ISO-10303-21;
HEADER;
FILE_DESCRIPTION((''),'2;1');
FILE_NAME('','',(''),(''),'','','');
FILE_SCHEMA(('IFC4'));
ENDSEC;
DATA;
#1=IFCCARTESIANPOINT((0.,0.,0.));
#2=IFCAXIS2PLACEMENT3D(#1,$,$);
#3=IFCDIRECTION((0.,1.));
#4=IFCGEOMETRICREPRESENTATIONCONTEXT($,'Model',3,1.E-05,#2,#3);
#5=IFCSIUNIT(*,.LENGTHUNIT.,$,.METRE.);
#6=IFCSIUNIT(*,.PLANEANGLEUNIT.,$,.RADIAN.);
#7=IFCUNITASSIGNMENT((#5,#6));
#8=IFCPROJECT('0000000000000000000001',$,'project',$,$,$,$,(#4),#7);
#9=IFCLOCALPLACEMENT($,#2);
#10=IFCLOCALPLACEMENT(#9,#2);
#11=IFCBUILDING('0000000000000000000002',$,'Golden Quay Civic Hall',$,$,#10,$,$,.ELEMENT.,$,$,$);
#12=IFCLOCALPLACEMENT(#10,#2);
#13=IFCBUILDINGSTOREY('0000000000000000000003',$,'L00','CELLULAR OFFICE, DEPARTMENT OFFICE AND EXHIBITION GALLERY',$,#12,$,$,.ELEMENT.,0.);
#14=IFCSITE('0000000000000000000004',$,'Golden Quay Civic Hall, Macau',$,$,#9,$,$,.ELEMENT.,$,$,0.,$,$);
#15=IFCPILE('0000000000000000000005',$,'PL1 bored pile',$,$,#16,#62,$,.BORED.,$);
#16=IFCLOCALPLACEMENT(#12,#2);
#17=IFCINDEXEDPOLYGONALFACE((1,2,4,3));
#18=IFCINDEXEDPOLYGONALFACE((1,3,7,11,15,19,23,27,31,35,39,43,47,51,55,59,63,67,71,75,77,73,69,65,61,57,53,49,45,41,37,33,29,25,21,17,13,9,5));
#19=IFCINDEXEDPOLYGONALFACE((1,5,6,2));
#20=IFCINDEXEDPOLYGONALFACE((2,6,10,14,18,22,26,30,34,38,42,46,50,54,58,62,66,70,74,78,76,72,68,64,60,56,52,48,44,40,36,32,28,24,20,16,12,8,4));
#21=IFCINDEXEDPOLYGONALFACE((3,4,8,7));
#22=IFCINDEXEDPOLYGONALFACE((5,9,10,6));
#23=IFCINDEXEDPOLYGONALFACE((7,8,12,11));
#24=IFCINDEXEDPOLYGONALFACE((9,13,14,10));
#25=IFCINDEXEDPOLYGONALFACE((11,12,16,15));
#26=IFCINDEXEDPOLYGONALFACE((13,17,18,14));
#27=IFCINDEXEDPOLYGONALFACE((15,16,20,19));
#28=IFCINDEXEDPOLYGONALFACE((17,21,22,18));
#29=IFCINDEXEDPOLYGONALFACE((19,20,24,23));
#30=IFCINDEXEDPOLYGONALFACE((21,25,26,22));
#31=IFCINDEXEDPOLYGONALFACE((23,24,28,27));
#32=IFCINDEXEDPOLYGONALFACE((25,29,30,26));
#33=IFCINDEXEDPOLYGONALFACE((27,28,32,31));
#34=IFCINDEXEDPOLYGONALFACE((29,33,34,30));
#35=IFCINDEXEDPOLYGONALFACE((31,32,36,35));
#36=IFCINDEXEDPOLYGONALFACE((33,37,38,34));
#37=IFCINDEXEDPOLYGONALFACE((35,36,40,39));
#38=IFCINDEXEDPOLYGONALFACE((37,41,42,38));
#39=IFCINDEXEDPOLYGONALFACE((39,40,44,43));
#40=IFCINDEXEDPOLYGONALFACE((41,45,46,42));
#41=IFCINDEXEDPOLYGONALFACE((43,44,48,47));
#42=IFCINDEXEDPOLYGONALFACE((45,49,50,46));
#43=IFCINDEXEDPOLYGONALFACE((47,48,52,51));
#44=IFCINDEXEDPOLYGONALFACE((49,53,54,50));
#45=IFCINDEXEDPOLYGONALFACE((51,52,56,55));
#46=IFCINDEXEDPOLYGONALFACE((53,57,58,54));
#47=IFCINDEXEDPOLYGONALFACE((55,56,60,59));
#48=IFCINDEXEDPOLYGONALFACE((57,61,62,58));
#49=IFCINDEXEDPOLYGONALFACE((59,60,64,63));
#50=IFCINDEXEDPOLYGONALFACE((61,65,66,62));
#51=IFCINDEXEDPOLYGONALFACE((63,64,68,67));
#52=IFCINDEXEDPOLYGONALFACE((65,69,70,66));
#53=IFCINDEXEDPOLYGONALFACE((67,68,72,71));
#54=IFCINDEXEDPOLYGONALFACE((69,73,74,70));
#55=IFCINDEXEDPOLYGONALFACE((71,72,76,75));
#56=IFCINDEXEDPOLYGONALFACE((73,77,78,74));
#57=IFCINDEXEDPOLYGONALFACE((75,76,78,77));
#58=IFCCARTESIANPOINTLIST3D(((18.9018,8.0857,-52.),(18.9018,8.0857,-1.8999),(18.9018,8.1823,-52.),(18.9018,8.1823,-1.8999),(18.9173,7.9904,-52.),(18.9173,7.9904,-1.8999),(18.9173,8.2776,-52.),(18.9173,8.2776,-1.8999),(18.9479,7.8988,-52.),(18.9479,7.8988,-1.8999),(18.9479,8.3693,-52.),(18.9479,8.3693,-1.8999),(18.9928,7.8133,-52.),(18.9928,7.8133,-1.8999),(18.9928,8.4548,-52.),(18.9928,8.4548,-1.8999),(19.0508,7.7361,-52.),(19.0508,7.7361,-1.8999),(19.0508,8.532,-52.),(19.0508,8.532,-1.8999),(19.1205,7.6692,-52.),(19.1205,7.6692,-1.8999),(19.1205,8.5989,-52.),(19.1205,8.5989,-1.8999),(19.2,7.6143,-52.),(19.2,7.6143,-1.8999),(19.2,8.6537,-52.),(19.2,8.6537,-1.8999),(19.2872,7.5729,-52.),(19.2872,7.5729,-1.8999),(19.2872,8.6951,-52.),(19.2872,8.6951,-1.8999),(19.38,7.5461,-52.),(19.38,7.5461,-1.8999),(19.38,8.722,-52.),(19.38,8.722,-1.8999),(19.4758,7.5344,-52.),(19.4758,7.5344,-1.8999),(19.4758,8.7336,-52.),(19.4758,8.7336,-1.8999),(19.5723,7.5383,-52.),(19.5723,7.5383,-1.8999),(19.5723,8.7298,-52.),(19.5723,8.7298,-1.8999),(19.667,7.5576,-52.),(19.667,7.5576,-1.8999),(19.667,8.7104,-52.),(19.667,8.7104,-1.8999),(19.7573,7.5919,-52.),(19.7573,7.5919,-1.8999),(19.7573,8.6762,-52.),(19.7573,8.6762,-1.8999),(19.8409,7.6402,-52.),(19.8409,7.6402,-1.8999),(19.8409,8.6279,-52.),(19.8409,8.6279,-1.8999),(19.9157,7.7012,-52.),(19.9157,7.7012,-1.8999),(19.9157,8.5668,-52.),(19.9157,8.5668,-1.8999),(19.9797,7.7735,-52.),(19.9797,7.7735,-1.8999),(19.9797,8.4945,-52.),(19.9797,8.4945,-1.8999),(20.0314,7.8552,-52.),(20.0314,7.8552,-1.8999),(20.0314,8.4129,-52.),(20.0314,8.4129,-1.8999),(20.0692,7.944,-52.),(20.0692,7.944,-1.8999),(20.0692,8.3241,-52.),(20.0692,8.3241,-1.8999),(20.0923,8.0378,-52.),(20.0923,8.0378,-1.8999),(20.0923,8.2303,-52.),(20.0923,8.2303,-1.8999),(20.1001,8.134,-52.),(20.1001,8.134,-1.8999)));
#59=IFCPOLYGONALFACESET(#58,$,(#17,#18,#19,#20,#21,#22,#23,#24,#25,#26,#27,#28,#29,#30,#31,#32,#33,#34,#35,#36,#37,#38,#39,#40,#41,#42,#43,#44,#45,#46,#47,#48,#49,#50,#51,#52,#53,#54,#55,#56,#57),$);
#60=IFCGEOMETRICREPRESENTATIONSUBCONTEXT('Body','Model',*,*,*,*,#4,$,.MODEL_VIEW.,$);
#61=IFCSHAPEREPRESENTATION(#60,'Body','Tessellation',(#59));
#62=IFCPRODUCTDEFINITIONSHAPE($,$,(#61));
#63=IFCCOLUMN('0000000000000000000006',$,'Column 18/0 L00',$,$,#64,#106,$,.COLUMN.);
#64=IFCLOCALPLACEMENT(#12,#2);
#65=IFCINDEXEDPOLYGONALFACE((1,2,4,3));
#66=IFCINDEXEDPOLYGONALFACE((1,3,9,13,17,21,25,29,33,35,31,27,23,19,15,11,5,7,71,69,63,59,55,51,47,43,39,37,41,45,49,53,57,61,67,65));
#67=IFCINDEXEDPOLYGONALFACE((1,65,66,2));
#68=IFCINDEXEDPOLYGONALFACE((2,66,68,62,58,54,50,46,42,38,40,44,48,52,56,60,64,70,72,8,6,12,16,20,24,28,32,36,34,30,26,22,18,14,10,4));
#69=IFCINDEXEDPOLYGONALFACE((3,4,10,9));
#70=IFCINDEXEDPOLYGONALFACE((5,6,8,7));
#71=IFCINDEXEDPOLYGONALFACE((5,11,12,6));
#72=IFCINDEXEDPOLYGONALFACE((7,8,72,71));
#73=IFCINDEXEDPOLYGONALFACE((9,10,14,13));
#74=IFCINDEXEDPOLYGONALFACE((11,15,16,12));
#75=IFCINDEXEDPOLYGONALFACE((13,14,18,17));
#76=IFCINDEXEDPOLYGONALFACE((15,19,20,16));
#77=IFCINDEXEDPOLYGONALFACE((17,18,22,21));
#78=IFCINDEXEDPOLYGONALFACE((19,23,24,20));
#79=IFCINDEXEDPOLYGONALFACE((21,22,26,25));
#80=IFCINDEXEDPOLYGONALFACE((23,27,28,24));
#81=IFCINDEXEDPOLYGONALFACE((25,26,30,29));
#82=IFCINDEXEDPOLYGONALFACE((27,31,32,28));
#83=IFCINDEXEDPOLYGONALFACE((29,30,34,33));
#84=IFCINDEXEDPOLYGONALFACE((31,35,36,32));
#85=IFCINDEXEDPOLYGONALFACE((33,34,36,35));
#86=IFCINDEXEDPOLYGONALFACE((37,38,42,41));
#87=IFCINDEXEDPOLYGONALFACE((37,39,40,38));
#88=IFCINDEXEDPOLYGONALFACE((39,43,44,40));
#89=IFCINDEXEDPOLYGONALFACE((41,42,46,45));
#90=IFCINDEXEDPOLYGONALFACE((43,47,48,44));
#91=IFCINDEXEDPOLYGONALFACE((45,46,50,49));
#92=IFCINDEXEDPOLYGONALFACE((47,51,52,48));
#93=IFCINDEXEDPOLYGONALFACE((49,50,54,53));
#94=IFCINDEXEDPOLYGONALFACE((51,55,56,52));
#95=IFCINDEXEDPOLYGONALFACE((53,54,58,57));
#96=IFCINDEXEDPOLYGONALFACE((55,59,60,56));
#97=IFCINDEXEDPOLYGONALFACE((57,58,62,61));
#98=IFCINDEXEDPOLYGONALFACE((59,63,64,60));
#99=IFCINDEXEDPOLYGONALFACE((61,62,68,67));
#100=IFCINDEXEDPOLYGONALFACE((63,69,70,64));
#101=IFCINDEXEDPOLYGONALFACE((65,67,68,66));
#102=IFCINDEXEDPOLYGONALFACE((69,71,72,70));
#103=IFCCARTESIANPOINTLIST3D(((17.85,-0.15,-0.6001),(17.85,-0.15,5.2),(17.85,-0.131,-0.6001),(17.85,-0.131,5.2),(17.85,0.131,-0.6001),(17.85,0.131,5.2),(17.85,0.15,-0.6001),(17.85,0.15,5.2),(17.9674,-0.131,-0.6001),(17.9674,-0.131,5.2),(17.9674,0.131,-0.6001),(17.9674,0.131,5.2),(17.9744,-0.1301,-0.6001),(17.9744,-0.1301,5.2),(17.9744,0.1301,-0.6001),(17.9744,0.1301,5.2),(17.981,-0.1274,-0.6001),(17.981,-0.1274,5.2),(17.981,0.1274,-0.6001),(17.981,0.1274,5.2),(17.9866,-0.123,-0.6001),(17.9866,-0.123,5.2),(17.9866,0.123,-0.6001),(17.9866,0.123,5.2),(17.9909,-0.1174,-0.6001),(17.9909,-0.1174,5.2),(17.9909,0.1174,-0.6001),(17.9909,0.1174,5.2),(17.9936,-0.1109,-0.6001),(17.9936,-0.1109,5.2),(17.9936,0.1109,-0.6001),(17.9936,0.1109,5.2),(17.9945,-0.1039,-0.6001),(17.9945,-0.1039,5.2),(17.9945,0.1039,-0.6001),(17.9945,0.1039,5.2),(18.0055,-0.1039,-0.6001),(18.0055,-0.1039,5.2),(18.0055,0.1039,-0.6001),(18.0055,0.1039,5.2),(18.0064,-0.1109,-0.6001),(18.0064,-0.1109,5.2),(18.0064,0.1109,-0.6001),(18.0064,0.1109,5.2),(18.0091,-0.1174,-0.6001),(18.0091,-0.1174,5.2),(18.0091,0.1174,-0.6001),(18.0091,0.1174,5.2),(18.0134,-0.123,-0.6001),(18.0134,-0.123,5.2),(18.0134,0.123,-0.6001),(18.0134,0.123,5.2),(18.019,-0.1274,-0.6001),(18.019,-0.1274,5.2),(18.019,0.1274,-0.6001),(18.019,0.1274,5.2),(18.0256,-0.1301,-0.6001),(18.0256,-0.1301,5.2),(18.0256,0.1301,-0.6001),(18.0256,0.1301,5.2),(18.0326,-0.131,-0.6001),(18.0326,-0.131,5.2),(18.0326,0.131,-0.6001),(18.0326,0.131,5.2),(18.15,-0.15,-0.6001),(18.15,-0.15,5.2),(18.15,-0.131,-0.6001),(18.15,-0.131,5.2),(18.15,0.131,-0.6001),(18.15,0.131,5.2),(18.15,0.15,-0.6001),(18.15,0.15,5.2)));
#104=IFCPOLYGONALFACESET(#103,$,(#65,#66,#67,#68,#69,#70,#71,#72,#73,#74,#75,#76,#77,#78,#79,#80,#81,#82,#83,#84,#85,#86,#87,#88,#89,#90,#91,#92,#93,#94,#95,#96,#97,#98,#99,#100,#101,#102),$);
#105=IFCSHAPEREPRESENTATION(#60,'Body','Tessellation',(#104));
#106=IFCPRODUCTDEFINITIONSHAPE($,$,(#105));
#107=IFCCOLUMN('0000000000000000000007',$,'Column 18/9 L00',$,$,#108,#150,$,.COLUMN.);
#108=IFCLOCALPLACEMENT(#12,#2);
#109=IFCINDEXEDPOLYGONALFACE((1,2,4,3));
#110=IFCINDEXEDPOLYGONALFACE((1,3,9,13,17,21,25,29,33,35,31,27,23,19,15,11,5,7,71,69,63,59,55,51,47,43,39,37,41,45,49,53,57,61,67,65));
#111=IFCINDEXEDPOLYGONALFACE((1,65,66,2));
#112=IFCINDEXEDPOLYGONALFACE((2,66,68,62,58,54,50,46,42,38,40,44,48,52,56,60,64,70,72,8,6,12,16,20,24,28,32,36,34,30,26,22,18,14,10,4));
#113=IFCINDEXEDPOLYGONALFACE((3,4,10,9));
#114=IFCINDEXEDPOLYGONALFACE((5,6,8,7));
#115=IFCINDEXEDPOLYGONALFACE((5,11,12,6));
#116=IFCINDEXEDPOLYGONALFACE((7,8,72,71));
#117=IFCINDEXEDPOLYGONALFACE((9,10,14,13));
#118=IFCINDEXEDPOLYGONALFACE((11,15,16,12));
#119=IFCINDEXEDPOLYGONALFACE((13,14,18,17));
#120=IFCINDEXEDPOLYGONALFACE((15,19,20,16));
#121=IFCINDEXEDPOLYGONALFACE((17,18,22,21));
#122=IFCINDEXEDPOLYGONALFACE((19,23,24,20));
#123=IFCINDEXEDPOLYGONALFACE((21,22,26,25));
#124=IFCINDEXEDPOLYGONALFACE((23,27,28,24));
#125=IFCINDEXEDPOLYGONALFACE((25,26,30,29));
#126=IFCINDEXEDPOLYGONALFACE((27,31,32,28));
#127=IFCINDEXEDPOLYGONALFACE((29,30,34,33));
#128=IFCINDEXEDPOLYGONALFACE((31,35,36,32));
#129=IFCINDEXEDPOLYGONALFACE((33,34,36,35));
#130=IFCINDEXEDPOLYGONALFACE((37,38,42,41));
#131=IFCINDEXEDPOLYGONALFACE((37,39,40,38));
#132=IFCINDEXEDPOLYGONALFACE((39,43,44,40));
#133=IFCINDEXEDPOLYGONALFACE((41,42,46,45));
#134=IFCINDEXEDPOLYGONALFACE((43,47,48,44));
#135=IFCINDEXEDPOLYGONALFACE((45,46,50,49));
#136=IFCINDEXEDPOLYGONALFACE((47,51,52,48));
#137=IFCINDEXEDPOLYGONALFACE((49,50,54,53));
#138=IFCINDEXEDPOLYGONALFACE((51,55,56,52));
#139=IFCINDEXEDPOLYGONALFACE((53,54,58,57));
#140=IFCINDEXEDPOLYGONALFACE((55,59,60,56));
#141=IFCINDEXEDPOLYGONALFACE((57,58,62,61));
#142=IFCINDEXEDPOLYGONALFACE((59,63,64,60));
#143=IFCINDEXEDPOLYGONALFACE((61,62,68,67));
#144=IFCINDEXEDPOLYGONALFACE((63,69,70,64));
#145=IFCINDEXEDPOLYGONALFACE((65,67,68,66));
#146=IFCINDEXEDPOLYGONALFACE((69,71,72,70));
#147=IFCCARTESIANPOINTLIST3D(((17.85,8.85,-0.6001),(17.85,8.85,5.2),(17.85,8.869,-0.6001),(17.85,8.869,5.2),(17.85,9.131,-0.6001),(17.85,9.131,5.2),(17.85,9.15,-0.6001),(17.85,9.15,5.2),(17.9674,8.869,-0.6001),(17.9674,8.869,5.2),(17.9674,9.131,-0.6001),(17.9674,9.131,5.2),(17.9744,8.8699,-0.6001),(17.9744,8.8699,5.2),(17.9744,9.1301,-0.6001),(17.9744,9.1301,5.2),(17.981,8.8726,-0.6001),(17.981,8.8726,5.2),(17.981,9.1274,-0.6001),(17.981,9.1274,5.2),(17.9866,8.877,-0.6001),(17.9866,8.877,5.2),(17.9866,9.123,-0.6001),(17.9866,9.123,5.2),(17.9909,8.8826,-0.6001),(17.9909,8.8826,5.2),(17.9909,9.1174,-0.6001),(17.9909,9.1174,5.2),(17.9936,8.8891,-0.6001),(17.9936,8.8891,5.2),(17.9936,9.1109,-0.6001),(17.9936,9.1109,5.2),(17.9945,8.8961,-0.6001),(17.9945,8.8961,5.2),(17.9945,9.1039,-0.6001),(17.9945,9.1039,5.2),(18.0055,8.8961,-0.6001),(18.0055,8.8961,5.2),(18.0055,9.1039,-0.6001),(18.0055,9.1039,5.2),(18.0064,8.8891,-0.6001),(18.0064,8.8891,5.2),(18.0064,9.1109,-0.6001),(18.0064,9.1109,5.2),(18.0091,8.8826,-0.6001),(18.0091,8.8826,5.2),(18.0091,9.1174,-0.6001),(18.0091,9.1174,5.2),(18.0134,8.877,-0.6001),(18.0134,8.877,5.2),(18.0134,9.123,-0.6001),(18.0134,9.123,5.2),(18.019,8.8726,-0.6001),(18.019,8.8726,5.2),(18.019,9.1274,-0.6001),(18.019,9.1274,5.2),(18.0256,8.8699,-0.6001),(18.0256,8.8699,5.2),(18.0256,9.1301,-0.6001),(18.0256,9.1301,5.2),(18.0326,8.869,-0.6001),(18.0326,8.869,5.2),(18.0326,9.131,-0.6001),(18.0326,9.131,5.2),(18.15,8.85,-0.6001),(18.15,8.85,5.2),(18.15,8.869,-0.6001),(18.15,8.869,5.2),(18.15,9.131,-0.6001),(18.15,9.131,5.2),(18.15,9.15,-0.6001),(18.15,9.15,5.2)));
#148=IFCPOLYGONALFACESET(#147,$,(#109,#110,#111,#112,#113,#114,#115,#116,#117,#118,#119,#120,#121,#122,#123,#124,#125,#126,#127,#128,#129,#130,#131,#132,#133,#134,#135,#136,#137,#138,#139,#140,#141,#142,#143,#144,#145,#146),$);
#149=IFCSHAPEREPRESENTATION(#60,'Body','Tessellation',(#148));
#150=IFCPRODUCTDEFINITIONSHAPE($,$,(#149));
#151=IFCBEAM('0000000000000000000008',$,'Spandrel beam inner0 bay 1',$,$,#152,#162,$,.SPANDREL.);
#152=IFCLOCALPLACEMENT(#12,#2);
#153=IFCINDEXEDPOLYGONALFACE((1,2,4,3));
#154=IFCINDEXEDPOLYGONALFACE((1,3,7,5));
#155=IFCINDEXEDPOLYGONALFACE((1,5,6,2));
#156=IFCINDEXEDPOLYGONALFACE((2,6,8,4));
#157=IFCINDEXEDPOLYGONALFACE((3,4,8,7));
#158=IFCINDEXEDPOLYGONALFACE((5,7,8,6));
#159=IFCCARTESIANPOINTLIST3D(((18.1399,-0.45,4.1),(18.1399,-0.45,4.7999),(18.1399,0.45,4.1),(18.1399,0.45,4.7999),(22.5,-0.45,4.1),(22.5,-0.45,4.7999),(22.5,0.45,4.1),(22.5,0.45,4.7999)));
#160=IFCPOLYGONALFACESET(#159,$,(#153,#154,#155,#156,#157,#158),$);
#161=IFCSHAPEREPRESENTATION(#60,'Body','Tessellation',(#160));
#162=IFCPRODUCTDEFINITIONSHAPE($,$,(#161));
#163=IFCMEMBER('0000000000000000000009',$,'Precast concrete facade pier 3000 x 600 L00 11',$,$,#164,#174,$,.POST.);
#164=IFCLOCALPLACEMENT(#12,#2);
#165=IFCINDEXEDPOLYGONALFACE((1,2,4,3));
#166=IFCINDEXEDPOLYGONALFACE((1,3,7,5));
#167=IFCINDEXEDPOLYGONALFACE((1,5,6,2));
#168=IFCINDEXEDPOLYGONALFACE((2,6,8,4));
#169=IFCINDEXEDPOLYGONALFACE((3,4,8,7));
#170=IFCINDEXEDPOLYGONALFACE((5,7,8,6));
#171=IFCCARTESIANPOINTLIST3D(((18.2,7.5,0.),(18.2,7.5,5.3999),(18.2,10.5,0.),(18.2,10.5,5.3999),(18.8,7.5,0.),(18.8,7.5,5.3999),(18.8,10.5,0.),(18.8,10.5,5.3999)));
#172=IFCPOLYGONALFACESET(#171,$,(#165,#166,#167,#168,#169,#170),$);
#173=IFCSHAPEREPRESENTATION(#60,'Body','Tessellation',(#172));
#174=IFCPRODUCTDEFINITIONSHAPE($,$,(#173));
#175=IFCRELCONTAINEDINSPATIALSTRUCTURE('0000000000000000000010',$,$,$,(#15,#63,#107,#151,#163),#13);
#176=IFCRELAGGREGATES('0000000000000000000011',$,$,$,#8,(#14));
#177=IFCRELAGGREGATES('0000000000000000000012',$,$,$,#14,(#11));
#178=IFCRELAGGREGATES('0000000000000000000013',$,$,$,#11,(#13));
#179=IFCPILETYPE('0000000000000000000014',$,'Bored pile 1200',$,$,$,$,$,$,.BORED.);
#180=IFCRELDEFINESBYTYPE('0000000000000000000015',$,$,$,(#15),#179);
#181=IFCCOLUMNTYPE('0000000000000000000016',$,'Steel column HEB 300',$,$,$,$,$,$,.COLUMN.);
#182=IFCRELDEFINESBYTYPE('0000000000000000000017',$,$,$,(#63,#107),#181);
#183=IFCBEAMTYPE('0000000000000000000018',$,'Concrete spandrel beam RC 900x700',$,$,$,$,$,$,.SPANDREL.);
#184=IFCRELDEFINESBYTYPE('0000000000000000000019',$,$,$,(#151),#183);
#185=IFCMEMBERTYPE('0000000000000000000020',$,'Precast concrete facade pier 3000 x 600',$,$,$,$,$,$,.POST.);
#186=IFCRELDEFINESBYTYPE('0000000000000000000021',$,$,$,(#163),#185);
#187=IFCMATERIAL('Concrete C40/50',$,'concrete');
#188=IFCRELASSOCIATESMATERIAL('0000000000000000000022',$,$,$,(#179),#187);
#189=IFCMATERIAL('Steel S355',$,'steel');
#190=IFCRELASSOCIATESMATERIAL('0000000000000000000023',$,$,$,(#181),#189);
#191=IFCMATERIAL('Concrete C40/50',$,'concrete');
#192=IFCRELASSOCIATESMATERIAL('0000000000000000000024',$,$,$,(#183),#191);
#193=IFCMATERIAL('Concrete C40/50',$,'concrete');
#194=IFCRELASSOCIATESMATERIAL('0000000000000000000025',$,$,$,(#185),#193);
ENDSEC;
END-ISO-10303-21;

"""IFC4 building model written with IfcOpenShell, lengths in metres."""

from ifc_helpers import new_model, si_unit, direction, frame, origin, origin_2d, place, context, subcontext, project, spatial, rectangle, circle, i_section, extrude, material, material_profile, profile_set, type_object, element, save


model = new_model("IFC4")

# Units and contexts
model_context = context("Model", 3, precision=1e-05, world=origin(), true_north=direction((0.0, 1.0)))
body_context = subcontext(model_context, "Body", "Model", "MODEL_VIEW")
ifc_project = project(units=[si_unit("LENGTHUNIT", "METRE"), si_unit("PLANEANGLEUNIT", "RADIAN")], contexts=[model_context])

# Site, building, storey
site_placement = place(None, origin())
site = spatial("IfcSite", under=ifc_project, at=site_placement, Name="Golden Quay Civic Hall, Macau", CompositionType="ELEMENT", RefElevation=0.0)
building_placement = place(site_placement, origin())
building = spatial("IfcBuilding", under=site, at=building_placement, Name="Golden Quay Civic Hall", CompositionType="ELEMENT")
storey_placement = place(building_placement, origin())
storey = spatial("IfcBuildingStorey", under=building, at=storey_placement, Name="L00", Description="CELLULAR OFFICE, DEPARTMENT OFFICE AND EXHIBITION GALLERY", CompositionType="ELEMENT", Elevation=0.0)

# Pile
ifc_material_1 = material(Name="Concrete C40/50", Category="concrete")
ifc_material_profile_1 = material_profile(ifc_material_1, circle(Radius=0.6001, at=origin_2d()), Name="RC D1200")
ifc_profile_set_1 = profile_set([ifc_material_profile_1], Name="Concrete C40/50")
pile_type = type_object("IfcPileType", Name="Bored pile 1200", PredefinedType="BORED", material=ifc_profile_set_1)
pile_placement = place(storey_placement, frame((19.5, 8.134, -1.8999), z_axis=(0.0, 0.0, -1.0), x_axis=(1.0, 0.0, 0.0)))
element("IfcPile", 1, at=pile_placement, inside=storey, type_object=pile_type, Name="PL1 bored pile", PredefinedType="BORED", context=body_context, shape_type="SweptSolid", body=[
    extrude(circle(Radius=0.6001, at=origin_2d()), origin(), (0.0, 0.0, 1.0), 50.1001),
])

# Columns
ifc_material_2 = material(Name="Steel S355", Category="steel")
ifc_material_profile_2 = material_profile(ifc_material_2, i_section(OverallWidth=0.3, OverallDepth=0.3, WebThickness=0.011, FlangeThickness=0.019, FilletRadius=0.0271, at=origin_2d()), Name="HEB 300")
ifc_profile_set_2 = profile_set([ifc_material_profile_2], Name="Steel S355")
column_type = type_object("IfcColumnType", Name="Steel column HEB 300", PredefinedType="COLUMN", material=ifc_profile_set_2)
for number, where, z_axis, x_axis, name in (
    (2, (18.0, 0.0, -0.6001), (0.0, 0.0, 1.0), (1.0, 0.0, 0.0), "Column 18/0 L00"),
    (3, (18.0, 9.0, -0.6001), (0.0, 0.0, 1.0), (1.0, 0.0, 0.0), "Column 18/9 L00"),
):
    element("IfcColumn", number, at=place(storey_placement, frame(where, z_axis=z_axis, x_axis=x_axis)), inside=storey, type_object=column_type, Name=name, PredefinedType="COLUMN", context=body_context, shape_type="SweptSolid", body=[
        extrude(i_section(OverallWidth=0.3, OverallDepth=0.3, WebThickness=0.011, FlangeThickness=0.019, FilletRadius=0.0271, at=origin_2d()), origin(), (0.0, 0.0, 1.0), 5.8),
    ])

# Beam
ifc_material_3 = material(Name="Concrete C40/50", Category="concrete")
ifc_material_profile_3 = material_profile(ifc_material_3, rectangle(XDim=0.8999, YDim=0.7, at=origin_2d()), Name="RC 900x700")
ifc_profile_set_3 = profile_set([ifc_material_profile_3], Name="Concrete C40/50")
beam_type = type_object("IfcBeamType", Name="Concrete spandrel beam RC 900x700", PredefinedType="SPANDREL", material=ifc_profile_set_3)
beam_placement = place(storey_placement, frame((18.1399, 0.0, 4.45), z_axis=(1.0, 0.0, 0.0), x_axis=(0.0, 1.0, 0.0)))
element("IfcBeam", 4, at=beam_placement, inside=storey, type_object=beam_type, Name="Spandrel beam inner0 bay 1", PredefinedType="SPANDREL", context=body_context, shape_type="SweptSolid", body=[
    extrude(rectangle(XDim=0.8999, YDim=0.7, at=origin_2d()), origin(), (0.0, 0.0, 1.0), 4.3601),
])

# Member
ifc_material_4 = material(Name="Concrete C40/50", Category="concrete")
ifc_material_profile_4 = material_profile(ifc_material_4, rectangle(XDim=3.0, YDim=0.6001, at=origin_2d()), Name="RC 3000x600")
ifc_profile_set_4 = profile_set([ifc_material_profile_4], Name="Concrete C40/50")
member_type = type_object("IfcMemberType", Name="Precast concrete facade pier 3000 x 600", PredefinedType="POST", material=ifc_profile_set_4)
member_placement = place(storey_placement, frame((18.5, 9.0, 0.0), z_axis=(0.0, 0.0, 1.0), x_axis=(0.0, 1.0, 0.0)))
element("IfcMember", 5, at=member_placement, inside=storey, type_object=member_type, Name="Precast concrete facade pier 3000 x 600 L00 11", PredefinedType="POST", context=body_context, shape_type="SweptSolid", body=[
    extrude(rectangle(XDim=3.0, YDim=0.6001, at=origin_2d()), origin(), (0.0, 0.0, 1.0), 5.3999),
])

save(model, "model.ifc")
